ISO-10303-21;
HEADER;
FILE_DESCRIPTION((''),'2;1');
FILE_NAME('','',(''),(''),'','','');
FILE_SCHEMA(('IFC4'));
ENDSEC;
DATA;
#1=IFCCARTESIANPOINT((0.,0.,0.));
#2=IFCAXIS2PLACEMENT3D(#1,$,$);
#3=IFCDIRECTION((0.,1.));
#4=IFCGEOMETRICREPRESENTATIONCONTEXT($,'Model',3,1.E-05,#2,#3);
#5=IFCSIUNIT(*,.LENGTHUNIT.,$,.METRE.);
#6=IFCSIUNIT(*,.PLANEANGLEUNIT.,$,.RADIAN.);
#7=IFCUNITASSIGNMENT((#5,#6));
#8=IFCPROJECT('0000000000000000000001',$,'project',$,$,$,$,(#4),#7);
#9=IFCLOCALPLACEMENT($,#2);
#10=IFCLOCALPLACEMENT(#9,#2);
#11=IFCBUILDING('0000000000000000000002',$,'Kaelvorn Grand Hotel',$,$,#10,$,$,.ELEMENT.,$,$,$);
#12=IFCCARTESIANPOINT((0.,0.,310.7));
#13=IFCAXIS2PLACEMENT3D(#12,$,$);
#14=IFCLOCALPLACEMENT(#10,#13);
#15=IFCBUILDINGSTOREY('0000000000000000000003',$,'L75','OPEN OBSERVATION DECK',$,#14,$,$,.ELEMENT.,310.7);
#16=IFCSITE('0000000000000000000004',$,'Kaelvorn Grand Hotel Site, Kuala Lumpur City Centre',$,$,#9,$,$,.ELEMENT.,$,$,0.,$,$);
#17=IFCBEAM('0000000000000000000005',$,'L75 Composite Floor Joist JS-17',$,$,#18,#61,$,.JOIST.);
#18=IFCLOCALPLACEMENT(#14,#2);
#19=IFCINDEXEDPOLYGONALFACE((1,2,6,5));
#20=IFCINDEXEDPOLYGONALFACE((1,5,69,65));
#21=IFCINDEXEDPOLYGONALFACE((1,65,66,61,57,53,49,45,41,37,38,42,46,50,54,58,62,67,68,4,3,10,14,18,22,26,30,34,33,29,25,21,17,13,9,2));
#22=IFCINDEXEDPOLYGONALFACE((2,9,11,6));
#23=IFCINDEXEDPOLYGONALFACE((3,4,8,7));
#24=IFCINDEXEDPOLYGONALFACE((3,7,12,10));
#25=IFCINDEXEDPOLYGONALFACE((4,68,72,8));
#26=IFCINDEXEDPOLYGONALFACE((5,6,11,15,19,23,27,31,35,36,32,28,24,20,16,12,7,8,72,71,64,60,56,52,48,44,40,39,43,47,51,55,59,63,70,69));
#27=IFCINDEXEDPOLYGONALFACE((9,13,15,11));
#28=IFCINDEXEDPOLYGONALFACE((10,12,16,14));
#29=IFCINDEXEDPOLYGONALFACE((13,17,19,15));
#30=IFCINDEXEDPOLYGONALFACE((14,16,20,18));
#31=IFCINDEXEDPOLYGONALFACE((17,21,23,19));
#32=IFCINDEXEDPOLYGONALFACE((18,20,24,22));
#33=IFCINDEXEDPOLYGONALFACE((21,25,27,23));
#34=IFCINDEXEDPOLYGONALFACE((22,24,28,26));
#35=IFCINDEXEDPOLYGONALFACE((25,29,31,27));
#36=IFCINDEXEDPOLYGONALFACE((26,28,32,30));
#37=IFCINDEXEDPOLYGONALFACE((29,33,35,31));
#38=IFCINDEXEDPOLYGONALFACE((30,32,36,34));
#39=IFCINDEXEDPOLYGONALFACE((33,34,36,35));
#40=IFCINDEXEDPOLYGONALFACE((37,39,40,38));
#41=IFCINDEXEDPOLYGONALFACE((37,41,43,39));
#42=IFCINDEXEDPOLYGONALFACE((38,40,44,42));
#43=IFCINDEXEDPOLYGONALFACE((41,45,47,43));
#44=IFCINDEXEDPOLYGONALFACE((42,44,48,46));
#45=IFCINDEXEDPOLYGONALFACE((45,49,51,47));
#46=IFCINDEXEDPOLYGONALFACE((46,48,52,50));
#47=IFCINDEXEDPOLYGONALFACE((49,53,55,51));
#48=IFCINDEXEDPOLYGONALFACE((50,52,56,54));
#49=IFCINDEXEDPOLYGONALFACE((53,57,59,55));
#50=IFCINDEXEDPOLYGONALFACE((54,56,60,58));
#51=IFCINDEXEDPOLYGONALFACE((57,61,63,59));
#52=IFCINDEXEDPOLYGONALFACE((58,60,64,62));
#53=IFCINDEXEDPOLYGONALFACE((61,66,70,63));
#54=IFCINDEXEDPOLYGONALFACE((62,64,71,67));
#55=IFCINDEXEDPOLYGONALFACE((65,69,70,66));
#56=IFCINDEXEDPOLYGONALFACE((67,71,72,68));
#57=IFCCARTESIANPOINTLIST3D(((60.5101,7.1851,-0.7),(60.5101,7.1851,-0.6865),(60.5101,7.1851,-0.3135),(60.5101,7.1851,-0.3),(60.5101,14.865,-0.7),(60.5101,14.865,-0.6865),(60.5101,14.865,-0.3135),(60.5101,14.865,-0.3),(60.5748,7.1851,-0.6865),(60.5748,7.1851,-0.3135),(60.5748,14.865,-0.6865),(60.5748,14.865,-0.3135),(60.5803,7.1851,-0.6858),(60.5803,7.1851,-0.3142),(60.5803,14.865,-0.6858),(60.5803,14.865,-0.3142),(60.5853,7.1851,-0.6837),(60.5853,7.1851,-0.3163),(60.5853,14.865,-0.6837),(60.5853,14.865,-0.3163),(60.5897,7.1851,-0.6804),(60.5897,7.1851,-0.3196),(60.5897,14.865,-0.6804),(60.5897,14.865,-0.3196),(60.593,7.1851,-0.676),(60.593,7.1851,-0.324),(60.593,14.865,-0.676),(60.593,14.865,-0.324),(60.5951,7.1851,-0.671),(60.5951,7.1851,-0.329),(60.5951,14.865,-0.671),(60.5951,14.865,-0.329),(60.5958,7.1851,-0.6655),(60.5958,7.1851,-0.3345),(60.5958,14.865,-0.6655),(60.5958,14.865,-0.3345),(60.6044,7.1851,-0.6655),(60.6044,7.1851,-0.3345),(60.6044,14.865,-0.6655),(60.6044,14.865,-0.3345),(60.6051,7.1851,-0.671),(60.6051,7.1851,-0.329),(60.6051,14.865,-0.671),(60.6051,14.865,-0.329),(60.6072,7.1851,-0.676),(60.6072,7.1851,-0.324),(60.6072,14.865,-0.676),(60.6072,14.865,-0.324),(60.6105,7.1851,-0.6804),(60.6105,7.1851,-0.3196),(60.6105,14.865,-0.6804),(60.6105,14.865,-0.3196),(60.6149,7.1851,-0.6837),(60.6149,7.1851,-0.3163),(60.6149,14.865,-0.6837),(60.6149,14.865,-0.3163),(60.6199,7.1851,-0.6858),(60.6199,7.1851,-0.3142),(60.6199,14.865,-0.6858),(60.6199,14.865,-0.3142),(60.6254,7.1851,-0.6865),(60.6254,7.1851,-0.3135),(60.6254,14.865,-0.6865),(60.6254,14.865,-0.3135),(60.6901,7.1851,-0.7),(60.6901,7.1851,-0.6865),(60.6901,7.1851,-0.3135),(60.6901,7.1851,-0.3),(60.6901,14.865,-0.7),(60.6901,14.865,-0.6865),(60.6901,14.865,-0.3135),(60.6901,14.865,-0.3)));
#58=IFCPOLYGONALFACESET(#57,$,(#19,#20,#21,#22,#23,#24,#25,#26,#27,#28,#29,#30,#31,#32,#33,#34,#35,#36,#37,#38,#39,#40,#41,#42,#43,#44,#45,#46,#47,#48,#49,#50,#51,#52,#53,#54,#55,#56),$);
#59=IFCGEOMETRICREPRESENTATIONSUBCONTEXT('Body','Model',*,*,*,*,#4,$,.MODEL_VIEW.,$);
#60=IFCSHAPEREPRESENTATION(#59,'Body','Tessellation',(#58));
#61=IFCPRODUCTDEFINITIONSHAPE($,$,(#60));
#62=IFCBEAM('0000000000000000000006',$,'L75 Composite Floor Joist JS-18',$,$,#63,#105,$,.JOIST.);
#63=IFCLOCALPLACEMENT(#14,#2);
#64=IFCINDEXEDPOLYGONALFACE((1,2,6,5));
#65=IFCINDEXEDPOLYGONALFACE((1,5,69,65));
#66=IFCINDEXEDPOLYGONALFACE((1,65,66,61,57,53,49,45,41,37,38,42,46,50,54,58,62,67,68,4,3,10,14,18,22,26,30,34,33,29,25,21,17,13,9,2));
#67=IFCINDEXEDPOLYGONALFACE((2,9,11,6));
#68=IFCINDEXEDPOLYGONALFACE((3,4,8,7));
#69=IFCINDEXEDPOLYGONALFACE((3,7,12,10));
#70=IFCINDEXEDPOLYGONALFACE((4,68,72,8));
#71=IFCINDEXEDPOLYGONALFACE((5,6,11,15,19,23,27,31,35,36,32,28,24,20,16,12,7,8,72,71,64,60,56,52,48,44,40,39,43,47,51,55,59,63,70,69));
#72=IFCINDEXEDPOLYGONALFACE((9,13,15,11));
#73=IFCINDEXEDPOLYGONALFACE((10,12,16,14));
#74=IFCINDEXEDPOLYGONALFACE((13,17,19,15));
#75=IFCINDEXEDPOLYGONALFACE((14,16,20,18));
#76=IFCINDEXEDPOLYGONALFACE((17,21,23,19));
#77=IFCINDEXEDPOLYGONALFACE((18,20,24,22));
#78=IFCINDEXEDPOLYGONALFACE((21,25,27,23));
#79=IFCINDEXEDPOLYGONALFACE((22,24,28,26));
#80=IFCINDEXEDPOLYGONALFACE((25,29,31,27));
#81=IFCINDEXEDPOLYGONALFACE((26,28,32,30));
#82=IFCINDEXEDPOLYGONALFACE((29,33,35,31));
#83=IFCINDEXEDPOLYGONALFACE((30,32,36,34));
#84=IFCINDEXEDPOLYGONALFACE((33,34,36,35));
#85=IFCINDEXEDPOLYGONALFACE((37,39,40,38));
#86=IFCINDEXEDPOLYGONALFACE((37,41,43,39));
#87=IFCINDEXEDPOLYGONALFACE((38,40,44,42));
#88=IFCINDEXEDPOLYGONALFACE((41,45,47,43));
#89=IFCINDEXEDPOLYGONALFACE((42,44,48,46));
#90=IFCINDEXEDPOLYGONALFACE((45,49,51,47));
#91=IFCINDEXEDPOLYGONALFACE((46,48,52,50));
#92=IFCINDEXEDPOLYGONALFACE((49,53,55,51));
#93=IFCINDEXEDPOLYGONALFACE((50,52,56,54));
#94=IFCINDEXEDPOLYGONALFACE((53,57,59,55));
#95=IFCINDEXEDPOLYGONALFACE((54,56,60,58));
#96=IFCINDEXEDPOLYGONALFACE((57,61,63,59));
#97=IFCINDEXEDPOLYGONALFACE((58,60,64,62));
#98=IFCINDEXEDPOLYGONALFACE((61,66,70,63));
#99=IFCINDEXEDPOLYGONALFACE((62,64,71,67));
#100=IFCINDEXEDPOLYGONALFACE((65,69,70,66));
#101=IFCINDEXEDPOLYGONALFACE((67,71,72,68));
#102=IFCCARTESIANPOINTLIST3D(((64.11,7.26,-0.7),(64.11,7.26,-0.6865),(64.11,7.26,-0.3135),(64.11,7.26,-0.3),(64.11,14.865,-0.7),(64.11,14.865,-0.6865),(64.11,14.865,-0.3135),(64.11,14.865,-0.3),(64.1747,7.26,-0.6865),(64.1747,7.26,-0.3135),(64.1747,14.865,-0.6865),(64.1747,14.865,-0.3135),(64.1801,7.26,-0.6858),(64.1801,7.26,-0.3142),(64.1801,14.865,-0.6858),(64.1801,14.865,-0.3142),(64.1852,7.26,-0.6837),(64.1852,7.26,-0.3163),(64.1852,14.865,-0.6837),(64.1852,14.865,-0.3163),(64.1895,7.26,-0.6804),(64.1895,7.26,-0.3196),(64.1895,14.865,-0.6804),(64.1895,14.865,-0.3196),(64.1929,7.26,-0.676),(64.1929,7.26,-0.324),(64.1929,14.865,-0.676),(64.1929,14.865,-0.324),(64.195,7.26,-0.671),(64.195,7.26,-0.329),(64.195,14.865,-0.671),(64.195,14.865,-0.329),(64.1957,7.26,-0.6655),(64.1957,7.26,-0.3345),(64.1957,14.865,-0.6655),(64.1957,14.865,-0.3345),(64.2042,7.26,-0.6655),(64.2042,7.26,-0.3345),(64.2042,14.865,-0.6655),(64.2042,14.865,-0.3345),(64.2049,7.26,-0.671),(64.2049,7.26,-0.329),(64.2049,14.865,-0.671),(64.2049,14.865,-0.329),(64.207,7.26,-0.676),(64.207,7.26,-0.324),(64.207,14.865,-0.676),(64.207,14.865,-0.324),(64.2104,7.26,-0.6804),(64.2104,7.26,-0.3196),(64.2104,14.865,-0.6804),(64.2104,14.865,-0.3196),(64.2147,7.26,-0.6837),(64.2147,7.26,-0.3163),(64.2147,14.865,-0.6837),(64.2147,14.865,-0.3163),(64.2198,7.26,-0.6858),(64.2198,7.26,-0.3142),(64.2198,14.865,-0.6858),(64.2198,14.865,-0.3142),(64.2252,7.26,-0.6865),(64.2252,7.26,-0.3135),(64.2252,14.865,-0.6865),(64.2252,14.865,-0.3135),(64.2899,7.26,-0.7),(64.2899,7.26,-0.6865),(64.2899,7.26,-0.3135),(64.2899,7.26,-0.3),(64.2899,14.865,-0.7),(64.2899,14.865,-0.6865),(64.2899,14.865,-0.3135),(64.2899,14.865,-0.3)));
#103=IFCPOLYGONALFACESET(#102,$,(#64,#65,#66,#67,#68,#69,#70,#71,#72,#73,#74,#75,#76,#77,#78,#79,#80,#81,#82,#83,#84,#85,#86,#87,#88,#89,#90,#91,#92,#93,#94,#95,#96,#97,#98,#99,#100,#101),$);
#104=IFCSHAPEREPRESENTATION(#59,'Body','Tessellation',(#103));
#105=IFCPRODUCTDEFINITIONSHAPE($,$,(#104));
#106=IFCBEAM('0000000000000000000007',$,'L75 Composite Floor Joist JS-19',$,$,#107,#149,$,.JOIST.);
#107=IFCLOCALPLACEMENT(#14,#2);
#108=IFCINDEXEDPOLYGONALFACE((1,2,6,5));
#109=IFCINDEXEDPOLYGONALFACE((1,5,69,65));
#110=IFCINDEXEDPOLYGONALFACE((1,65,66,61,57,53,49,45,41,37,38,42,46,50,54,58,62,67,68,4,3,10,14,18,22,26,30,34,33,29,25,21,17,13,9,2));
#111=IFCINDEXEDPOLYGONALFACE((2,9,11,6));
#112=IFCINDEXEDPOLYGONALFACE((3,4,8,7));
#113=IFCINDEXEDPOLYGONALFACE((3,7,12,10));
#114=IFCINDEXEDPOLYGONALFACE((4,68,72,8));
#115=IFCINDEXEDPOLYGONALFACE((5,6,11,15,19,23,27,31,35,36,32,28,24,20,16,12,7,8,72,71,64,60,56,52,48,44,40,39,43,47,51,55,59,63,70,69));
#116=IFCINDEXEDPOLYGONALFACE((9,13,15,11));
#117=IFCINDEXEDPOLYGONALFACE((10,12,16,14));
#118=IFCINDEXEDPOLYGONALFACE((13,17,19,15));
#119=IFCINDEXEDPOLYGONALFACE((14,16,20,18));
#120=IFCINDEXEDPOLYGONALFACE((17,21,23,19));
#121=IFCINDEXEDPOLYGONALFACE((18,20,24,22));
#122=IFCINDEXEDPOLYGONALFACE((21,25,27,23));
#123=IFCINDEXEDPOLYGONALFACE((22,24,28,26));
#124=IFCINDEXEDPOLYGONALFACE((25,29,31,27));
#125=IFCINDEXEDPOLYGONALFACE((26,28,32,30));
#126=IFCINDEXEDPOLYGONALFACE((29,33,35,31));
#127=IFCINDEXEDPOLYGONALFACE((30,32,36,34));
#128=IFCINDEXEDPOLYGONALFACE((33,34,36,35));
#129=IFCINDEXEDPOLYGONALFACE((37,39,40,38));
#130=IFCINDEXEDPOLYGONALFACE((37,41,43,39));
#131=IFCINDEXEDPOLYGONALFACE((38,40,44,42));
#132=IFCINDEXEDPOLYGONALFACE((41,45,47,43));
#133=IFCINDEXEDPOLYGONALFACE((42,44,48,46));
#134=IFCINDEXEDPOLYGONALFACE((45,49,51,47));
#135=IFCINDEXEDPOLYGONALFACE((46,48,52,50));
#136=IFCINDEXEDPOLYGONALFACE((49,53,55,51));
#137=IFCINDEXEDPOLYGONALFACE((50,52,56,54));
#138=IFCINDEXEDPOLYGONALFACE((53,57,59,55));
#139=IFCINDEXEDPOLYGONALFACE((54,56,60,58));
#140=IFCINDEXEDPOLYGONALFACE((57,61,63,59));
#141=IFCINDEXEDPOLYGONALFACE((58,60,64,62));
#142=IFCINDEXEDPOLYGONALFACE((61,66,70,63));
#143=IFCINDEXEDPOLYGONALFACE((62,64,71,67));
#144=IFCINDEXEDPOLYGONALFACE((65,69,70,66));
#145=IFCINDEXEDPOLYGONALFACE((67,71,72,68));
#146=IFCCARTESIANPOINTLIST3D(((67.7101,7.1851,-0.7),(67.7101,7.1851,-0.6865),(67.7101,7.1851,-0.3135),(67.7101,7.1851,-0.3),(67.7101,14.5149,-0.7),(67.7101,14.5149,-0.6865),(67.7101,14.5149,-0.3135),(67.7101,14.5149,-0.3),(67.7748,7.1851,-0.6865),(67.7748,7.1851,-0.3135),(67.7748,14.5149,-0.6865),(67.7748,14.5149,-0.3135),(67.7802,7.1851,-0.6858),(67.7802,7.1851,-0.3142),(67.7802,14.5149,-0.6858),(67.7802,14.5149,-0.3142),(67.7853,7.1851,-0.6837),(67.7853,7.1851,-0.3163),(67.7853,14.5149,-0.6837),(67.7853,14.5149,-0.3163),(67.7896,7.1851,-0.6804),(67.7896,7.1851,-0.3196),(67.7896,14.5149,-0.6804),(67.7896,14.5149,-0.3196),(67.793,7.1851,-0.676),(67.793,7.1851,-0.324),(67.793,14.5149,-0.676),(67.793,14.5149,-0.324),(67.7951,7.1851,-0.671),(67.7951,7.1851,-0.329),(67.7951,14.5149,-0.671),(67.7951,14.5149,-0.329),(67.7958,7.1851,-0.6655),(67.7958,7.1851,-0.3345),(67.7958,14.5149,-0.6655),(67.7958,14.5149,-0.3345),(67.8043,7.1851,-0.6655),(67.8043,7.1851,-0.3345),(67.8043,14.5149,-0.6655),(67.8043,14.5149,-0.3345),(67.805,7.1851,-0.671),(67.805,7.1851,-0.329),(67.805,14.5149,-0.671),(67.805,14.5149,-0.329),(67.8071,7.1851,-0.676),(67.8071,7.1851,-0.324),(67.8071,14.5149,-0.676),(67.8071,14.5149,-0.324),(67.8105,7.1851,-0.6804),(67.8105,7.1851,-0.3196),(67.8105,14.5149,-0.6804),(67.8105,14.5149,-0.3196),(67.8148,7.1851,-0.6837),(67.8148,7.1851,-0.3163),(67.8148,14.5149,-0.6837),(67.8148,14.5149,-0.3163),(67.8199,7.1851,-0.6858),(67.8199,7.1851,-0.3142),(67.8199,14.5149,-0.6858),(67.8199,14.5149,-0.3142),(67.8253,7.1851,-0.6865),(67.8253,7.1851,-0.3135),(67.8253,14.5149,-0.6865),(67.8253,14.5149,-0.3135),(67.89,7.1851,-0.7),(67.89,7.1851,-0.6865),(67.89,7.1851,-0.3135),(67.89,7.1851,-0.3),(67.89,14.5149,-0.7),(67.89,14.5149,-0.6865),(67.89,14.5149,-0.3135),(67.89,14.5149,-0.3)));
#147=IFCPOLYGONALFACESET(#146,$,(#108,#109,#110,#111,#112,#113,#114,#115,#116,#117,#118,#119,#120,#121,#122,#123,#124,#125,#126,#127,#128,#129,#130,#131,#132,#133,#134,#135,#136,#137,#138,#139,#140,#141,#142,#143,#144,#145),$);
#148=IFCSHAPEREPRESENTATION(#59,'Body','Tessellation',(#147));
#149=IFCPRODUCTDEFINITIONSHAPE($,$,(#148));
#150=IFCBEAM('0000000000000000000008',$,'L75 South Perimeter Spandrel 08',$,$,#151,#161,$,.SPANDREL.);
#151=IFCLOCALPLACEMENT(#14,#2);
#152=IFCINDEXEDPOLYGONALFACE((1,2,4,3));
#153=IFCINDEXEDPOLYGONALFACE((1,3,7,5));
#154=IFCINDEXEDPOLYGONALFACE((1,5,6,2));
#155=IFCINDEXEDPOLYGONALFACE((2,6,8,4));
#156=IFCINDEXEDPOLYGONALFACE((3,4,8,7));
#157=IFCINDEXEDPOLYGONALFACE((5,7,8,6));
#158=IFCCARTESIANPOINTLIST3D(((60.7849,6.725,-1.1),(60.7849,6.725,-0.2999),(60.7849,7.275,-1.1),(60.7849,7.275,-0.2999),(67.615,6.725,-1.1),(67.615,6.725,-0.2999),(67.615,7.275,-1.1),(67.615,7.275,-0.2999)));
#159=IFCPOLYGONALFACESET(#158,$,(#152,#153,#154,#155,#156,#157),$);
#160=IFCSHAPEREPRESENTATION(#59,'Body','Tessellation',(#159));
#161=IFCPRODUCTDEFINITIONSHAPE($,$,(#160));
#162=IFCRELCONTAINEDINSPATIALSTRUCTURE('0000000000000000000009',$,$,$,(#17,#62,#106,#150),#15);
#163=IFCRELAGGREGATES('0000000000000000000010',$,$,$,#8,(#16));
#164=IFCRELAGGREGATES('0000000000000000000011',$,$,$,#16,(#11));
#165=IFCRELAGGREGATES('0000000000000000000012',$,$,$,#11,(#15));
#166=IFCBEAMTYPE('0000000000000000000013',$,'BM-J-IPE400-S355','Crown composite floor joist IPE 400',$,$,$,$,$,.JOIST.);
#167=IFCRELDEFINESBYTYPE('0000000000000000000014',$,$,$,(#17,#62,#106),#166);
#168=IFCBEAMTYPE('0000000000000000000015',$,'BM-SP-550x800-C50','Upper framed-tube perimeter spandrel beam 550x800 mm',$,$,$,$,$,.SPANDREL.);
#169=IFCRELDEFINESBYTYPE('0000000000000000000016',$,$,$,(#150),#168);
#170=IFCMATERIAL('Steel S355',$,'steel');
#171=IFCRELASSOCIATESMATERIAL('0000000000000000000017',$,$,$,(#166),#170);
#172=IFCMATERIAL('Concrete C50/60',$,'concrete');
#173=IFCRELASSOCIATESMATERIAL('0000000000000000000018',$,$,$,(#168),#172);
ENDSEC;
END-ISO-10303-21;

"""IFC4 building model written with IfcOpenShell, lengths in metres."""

from ifc_helpers import new_model, si_unit, direction, frame, origin, origin_2d, place, context, subcontext, project, spatial, rectangle, i_section, extrude, material, material_profile, profile_set, type_object, element, save


model = new_model("IFC4")

# Units and contexts
model_context = context("Model", 3, precision=1e-05, world=origin(), true_north=direction((0.0, 1.0)))
body_context = subcontext(model_context, "Body", "Model", "MODEL_VIEW")
ifc_project = project(units=[si_unit("LENGTHUNIT", "METRE"), si_unit("PLANEANGLEUNIT", "RADIAN")], contexts=[model_context])

# Site, building, storey
site_placement = place(None, origin())
site = spatial("IfcSite", under=ifc_project, at=site_placement, Name="Kaelvorn Grand Hotel Site, Kuala Lumpur City Centre", CompositionType="ELEMENT", RefElevation=0.0)
building_placement = place(site_placement, origin())
building = spatial("IfcBuilding", under=site, at=building_placement, Name="Kaelvorn Grand Hotel", CompositionType="ELEMENT")
storey_placement = place(building_placement, frame((0.0, 0.0, 310.7)))
storey = spatial("IfcBuildingStorey", under=building, at=storey_placement, Name="L75", Description="OPEN OBSERVATION DECK", CompositionType="ELEMENT", Elevation=310.7)

# Shared definitions
ifc_material_1 = material(Name="Steel S355", Category="steel")

# Beams
ifc_material_profile_1 = material_profile(ifc_material_1, i_section(OverallWidth=0.1799, OverallDepth=0.3999, WebThickness=0.0085, FlangeThickness=0.0134, FilletRadius=0.021, at=origin_2d()), Name="IPE 400")
ifc_profile_set_1 = profile_set([ifc_material_profile_1], Name="Steel S355")
beam_type_1 = type_object("IfcBeamType", Name="BM-J-IPE400-S355", Description="Crown composite floor joist IPE 400", PredefinedType="JOIST", material=ifc_profile_set_1)
beam_1_placement = place(storey_placement, frame((60.6001, 7.1851, -0.5), z_axis=(0.0, 1.0, 0.0), x_axis=(-1.0, 0.0, 0.0)))
element("IfcBeam", 1, at=beam_1_placement, inside=storey, type_object=beam_type_1, Name="L75 Composite Floor Joist JS-17", PredefinedType="JOIST", context=body_context, shape_type="SweptSolid", body=[
    extrude(i_section(OverallWidth=0.1799, OverallDepth=0.3999, WebThickness=0.0085, FlangeThickness=0.0134, FilletRadius=0.021, at=origin_2d()), origin(), (0.0, 0.0, 1.0), 7.6799),
])
beam_2_placement = place(storey_placement, frame((64.2, 7.26, -0.5), z_axis=(0.0, 1.0, 0.0), x_axis=(-1.0, 0.0, 0.0)))
element("IfcBeam", 2, at=beam_2_placement, inside=storey, type_object=beam_type_1, Name="L75 Composite Floor Joist JS-18", PredefinedType="JOIST", context=body_context, shape_type="SweptSolid", body=[
    extrude(i_section(OverallWidth=0.1799, OverallDepth=0.3999, WebThickness=0.0085, FlangeThickness=0.0134, FilletRadius=0.021, at=origin_2d()), origin(), (0.0, 0.0, 1.0), 7.605),
])
beam_3_placement = place(storey_placement, frame((67.8, 7.1851, -0.5), z_axis=(0.0, 1.0, 0.0), x_axis=(-1.0, 0.0, 0.0)))
element("IfcBeam", 3, at=beam_3_placement, inside=storey, type_object=beam_type_1, Name="L75 Composite Floor Joist JS-19", PredefinedType="JOIST", context=body_context, shape_type="SweptSolid", body=[
    extrude(i_section(OverallWidth=0.1799, OverallDepth=0.3999, WebThickness=0.0085, FlangeThickness=0.0134, FilletRadius=0.021, at=origin_2d()), origin(), (0.0, 0.0, 1.0), 7.3298),
])
ifc_material_2 = material(Name="Concrete C50/60", Category="concrete")
ifc_material_profile_2 = material_profile(ifc_material_2, rectangle(XDim=0.55, YDim=0.8, at=origin_2d()), Name="RC SPANDREL 550x800")
ifc_profile_set_2 = profile_set([ifc_material_profile_2], Name="Concrete C50/60")
beam_type_2 = type_object("IfcBeamType", Name="BM-SP-550x800-C50", Description="Upper framed-tube perimeter spandrel beam 550x800 mm", PredefinedType="SPANDREL", material=ifc_profile_set_2)
beam_4_placement = place(storey_placement, frame((60.7849, 7.0, -0.7), z_axis=(1.0, 0.0, 0.0), x_axis=(0.0, 1.0, 0.0)))
element("IfcBeam", 4, at=beam_4_placement, inside=storey, type_object=beam_type_2, Name="L75 South Perimeter Spandrel 08", PredefinedType="SPANDREL", context=body_context, shape_type="SweptSolid", body=[
    extrude(rectangle(XDim=0.55, YDim=0.8, at=origin_2d()), origin(), (0.0, 0.0, 1.0), 6.8301),
])

save(model, "model.ifc")
